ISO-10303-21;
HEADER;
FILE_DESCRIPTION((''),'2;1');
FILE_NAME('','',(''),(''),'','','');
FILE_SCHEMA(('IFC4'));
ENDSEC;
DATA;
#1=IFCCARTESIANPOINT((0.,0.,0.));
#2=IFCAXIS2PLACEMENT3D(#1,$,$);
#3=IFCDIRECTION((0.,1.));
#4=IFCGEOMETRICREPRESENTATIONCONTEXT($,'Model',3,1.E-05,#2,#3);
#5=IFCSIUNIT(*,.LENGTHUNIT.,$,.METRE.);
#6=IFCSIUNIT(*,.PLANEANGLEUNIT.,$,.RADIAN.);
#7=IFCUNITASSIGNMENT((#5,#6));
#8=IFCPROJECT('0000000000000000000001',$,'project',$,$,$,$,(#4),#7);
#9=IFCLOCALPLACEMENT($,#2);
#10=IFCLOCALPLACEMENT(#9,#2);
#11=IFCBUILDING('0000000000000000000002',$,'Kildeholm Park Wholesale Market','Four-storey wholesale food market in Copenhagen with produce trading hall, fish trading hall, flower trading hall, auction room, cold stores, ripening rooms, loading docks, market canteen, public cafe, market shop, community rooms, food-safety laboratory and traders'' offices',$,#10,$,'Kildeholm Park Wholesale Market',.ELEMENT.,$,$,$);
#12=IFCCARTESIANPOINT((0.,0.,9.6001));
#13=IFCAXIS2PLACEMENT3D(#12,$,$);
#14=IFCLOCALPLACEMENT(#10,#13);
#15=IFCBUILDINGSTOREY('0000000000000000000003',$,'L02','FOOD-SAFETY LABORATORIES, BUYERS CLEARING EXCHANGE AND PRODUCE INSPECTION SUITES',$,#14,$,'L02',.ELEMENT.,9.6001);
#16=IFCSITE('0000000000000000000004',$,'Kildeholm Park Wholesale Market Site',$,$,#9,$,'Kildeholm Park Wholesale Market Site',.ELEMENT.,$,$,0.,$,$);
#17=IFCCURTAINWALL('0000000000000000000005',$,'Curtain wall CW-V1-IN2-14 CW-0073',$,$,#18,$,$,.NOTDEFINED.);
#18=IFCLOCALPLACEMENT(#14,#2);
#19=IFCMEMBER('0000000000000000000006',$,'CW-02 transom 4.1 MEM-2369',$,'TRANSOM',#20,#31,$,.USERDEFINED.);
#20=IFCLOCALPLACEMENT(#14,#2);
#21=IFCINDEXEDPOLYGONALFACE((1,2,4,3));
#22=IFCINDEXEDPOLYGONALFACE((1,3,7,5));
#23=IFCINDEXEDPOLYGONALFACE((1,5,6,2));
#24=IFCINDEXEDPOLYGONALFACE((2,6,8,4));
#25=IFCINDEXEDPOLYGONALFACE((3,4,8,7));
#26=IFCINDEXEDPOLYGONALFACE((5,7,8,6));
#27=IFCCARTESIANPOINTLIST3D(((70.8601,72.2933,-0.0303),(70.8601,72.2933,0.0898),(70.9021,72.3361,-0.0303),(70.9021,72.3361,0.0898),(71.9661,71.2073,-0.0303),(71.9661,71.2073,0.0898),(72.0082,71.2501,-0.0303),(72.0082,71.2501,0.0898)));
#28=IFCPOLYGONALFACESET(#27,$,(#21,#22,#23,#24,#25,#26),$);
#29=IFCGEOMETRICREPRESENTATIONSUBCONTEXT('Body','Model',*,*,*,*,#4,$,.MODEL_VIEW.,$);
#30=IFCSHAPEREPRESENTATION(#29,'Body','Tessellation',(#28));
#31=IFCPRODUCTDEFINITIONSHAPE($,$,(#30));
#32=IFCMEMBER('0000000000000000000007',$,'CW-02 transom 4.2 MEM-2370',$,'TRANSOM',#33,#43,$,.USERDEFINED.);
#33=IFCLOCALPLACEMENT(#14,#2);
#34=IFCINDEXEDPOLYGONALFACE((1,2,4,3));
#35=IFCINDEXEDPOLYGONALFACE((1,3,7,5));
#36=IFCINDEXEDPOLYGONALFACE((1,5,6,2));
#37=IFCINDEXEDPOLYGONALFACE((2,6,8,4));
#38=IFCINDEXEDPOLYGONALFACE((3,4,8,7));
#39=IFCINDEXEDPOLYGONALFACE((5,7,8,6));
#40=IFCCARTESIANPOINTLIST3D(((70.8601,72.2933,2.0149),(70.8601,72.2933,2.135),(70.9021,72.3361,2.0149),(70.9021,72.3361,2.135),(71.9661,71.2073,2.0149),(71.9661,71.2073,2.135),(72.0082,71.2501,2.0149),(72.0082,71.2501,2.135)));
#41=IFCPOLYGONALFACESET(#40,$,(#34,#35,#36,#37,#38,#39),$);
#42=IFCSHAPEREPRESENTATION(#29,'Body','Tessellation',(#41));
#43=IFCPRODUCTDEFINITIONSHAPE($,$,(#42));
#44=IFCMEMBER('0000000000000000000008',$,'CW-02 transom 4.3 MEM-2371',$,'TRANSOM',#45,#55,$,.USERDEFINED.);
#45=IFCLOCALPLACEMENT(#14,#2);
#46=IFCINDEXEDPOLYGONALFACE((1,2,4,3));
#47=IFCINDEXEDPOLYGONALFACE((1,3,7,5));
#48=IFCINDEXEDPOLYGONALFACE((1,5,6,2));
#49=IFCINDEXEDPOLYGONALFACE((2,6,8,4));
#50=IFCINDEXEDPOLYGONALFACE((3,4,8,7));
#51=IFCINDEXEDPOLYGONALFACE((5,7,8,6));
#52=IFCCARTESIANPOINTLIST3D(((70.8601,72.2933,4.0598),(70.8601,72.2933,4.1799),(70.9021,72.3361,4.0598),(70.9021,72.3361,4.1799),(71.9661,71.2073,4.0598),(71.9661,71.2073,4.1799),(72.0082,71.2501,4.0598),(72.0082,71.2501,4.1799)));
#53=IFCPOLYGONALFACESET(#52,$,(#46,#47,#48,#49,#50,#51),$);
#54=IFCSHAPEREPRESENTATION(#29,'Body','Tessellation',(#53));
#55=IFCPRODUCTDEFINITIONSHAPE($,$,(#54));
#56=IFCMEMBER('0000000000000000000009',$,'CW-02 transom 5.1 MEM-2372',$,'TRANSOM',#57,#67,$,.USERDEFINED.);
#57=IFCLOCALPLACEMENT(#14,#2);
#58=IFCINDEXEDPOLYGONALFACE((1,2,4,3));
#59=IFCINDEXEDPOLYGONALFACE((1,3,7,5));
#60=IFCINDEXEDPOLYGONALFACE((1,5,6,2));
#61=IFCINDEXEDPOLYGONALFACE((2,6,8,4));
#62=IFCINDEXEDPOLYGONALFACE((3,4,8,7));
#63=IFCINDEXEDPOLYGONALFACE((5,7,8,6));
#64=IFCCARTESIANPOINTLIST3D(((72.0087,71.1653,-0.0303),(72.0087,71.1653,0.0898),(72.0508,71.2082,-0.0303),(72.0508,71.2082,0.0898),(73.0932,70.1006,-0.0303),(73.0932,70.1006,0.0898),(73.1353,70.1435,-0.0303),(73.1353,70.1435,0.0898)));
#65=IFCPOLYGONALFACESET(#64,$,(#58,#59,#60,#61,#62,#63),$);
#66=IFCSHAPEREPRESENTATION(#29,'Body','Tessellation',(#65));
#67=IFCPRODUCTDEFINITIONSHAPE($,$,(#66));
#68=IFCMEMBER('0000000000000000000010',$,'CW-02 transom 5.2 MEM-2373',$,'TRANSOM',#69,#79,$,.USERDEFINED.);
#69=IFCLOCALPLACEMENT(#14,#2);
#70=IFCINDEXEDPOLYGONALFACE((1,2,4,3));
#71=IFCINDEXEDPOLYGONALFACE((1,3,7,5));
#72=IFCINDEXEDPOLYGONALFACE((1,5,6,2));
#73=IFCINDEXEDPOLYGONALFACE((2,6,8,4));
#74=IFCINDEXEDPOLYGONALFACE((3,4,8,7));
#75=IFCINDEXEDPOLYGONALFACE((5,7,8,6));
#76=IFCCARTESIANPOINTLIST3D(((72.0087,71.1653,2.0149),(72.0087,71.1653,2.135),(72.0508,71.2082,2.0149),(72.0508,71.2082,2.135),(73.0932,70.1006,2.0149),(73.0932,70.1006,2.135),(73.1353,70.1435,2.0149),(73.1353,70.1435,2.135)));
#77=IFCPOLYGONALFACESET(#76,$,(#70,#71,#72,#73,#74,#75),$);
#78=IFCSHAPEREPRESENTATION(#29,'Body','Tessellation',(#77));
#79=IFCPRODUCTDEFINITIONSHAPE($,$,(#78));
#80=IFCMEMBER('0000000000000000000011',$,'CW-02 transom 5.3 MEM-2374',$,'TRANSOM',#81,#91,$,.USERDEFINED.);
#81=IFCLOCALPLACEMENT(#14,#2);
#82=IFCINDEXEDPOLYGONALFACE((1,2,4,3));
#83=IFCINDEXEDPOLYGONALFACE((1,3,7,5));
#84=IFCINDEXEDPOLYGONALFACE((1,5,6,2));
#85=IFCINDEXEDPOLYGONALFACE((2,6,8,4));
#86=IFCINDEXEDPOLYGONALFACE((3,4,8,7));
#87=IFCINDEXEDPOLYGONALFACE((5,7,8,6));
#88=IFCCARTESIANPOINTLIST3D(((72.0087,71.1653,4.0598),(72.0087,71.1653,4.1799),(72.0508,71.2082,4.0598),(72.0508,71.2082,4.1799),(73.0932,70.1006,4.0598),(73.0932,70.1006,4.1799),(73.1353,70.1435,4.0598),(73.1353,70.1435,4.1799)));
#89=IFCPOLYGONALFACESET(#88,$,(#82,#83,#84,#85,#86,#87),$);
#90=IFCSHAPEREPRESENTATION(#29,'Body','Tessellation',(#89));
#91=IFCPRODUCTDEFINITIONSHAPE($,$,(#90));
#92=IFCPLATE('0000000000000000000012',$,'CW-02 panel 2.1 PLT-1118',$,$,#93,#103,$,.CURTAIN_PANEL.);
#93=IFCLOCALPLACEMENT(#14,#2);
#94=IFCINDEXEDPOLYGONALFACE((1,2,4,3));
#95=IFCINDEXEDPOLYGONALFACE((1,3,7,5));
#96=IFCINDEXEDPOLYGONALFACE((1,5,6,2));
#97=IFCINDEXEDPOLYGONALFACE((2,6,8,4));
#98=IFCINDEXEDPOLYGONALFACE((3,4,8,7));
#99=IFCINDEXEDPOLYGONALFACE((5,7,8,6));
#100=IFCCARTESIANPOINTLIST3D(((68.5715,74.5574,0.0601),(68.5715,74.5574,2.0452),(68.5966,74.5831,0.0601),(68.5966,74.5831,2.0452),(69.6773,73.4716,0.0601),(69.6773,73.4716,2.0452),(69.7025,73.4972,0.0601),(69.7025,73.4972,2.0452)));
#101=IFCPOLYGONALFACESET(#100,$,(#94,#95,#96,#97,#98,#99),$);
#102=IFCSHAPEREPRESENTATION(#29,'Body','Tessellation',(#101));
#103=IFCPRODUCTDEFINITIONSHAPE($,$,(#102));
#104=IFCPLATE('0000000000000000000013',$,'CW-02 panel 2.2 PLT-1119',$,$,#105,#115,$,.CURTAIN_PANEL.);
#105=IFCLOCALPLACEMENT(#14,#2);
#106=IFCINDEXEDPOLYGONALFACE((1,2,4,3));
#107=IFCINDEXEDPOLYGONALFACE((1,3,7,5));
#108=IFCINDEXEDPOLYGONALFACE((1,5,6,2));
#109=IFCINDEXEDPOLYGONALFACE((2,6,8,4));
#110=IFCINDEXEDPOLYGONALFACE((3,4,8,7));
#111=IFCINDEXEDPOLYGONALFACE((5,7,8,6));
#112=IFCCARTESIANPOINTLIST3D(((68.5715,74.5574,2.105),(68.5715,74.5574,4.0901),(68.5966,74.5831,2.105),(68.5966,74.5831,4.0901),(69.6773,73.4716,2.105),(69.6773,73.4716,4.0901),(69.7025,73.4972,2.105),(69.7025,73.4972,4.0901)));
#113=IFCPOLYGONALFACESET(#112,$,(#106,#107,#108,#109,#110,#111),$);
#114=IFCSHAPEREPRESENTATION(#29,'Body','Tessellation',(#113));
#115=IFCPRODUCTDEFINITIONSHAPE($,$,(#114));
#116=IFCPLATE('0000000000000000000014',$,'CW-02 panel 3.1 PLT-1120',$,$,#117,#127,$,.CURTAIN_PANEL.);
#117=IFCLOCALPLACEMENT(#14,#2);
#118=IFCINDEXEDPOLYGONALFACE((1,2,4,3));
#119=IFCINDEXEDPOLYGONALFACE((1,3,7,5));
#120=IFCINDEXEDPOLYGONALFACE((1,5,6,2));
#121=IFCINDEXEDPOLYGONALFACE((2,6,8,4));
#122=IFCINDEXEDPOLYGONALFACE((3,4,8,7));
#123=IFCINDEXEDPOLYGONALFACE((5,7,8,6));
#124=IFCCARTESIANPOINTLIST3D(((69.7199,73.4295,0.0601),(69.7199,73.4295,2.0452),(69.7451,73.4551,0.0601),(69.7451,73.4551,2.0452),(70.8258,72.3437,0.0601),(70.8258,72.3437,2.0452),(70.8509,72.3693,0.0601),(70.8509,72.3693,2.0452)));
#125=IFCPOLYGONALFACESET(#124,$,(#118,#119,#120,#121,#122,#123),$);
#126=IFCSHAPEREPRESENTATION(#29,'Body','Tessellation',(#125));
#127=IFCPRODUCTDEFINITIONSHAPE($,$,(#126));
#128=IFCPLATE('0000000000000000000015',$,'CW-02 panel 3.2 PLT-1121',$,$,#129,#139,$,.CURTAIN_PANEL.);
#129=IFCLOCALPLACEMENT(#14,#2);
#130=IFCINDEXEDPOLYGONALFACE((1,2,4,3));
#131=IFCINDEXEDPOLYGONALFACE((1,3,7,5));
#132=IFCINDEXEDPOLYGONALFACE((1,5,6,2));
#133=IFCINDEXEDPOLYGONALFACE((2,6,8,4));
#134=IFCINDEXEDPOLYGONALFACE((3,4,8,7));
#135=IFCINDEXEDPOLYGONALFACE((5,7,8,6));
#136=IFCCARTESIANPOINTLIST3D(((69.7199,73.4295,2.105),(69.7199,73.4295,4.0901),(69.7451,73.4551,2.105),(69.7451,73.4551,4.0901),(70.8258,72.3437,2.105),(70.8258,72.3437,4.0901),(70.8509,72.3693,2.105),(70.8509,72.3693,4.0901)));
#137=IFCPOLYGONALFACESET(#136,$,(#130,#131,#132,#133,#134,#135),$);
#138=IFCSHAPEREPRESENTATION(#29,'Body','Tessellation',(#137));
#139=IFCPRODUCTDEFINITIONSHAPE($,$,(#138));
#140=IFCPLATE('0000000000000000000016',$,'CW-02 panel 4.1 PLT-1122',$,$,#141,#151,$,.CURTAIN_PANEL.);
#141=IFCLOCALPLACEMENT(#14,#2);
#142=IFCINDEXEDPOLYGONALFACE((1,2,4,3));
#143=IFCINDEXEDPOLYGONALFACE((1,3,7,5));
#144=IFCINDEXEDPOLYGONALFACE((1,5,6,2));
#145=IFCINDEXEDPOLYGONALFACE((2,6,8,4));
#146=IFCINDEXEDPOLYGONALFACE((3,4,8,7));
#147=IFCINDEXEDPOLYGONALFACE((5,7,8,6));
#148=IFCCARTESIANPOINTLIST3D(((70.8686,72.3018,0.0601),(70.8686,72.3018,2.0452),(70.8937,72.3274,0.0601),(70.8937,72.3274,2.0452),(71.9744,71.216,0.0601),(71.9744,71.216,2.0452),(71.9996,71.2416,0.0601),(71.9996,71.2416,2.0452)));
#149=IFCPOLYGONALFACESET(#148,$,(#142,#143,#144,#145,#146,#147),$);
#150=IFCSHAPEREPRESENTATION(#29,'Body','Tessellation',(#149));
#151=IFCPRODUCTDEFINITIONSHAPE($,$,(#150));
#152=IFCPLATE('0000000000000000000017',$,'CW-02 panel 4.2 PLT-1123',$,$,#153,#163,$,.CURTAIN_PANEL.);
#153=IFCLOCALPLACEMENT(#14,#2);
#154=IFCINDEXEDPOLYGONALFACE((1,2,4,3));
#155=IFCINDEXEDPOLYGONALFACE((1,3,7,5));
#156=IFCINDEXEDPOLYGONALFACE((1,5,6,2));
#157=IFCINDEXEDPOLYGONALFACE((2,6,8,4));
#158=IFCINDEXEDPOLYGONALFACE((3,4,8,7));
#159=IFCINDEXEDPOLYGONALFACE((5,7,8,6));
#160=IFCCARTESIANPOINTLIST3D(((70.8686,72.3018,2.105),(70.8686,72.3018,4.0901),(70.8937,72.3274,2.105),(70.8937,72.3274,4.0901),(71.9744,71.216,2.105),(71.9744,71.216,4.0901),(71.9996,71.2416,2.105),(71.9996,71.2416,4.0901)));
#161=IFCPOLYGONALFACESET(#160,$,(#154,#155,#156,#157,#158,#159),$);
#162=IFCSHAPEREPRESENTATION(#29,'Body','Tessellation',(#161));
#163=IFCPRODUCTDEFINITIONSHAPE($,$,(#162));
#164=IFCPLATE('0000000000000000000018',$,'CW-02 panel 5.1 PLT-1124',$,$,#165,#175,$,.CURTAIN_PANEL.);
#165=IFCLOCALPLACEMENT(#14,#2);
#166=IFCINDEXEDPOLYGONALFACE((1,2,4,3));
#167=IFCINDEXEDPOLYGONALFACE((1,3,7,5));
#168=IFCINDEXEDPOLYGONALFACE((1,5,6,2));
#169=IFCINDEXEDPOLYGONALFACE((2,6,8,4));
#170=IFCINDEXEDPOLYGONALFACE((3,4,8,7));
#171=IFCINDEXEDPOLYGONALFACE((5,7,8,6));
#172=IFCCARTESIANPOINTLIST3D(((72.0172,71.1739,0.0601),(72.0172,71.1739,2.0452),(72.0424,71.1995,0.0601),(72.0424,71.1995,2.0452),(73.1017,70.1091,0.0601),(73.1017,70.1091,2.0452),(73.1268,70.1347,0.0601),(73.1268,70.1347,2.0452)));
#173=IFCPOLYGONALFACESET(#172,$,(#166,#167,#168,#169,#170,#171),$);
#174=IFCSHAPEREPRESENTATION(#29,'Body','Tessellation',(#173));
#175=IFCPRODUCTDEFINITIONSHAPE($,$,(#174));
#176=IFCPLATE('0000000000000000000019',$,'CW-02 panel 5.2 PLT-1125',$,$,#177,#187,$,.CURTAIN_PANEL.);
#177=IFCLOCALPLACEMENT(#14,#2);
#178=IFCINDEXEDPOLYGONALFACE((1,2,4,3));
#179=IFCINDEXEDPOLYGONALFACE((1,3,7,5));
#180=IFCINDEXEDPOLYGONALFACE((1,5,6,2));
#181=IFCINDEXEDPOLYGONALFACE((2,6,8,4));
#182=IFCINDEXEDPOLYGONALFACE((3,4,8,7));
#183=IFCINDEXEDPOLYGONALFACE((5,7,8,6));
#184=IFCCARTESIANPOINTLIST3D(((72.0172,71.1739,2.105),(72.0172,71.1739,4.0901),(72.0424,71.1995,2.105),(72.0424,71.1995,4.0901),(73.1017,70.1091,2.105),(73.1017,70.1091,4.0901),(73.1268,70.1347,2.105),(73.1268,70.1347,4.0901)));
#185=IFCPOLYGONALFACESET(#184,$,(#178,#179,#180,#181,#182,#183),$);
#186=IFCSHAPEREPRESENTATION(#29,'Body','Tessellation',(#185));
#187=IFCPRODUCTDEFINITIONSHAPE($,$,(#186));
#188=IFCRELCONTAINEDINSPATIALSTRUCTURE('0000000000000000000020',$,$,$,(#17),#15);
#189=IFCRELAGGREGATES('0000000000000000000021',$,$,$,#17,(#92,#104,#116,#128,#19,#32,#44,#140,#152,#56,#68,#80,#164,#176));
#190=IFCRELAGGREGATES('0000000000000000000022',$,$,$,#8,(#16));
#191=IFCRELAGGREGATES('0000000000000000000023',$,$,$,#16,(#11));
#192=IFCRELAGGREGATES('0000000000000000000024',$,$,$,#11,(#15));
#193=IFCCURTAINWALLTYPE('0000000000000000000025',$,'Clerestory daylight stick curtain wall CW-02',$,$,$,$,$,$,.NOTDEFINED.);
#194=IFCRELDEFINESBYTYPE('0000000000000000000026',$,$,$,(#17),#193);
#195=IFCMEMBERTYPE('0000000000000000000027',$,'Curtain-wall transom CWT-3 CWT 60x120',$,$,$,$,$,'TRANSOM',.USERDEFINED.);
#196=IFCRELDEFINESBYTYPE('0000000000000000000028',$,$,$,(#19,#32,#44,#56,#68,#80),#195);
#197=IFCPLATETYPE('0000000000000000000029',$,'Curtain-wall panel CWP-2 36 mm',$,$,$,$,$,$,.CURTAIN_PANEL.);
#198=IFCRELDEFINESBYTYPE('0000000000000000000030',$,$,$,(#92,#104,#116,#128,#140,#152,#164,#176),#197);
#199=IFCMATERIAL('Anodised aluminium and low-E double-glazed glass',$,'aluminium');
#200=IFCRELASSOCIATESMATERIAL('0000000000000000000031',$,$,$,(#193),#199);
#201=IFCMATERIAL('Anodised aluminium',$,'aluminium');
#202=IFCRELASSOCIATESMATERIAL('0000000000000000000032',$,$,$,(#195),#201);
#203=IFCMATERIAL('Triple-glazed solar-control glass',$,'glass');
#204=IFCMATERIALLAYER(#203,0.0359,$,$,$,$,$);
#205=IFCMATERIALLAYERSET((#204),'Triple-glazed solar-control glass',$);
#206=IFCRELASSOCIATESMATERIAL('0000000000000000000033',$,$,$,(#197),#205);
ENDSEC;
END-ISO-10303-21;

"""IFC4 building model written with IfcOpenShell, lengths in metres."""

from ifc_helpers import new_model, si_unit, direction, frame, origin, origin_2d, place, context, subcontext, project, spatial, rectangle, extrude, material, layer, layer_set, material_profile, profile_set, type_object, element, aggregate, save


model = new_model("IFC4")

# Units and contexts
model_context = context("Model", 3, precision=1e-05, world=origin(), true_north=direction((0.0, 1.0)))
body_context = subcontext(model_context, "Body", "Model", "MODEL_VIEW")
ifc_project = project(units=[si_unit("LENGTHUNIT", "METRE"), si_unit("PLANEANGLEUNIT", "RADIAN")], contexts=[model_context])

# Site, building, storey
site_placement = place(None, origin())
site = spatial("IfcSite", under=ifc_project, at=site_placement, Name="Kildeholm Park Wholesale Market Site", LongName="Kildeholm Park Wholesale Market Site", CompositionType="ELEMENT", RefElevation=0.0)
building_placement = place(site_placement, origin())
building = spatial("IfcBuilding", under=site, at=building_placement, Name="Kildeholm Park Wholesale Market", Description="Four-storey wholesale food market in Copenhagen with produce trading hall, fish trading hall, flower trading hall, auction room, cold stores, ripening rooms, loading docks, market canteen, public cafe, market shop, community rooms, food-safety laboratory and traders' offices", LongName="Kildeholm Park Wholesale Market", CompositionType="ELEMENT")
storey_placement = place(building_placement, frame((0.0, 0.0, 9.6001)))
storey = spatial("IfcBuildingStorey", under=building, at=storey_placement, Name="L02", Description="FOOD-SAFETY LABORATORIES, BUYERS CLEARING EXCHANGE AND PRODUCE INSPECTION SUITES", LongName="L02", CompositionType="ELEMENT", Elevation=9.6001)

# Curtain wall, members, plates
ifc_material_1 = material(Name="Anodised aluminium and low-E double-glazed glass", Category="aluminium")
curtain_wall_type = type_object("IfcCurtainWallType", Name="Clerestory daylight stick curtain wall CW-02", PredefinedType="NOTDEFINED", material=ifc_material_1)
curtain_wall_placement = place(storey_placement, origin())
curtain_wall = element("IfcCurtainWall", 1, at=curtain_wall_placement, inside=storey, type_object=curtain_wall_type, Name="Curtain wall CW-V1-IN2-14 CW-0073", PredefinedType="NOTDEFINED")
ifc_material_2 = material(Name="Anodised aluminium", Category="aluminium")
ifc_material_profile_1 = material_profile(ifc_material_2, rectangle(XDim=0.0601, YDim=0.1201, at=origin_2d()), Name="CWT 60x120")
ifc_profile_set_1 = profile_set([ifc_material_profile_1], Name="Anodised aluminium")
member_type_1 = type_object("IfcMemberType", Name="Curtain-wall transom CWT-3 CWT 60x120", ElementType="TRANSOM", PredefinedType="USERDEFINED", material=ifc_profile_set_1)
member_1_placement = place(storey_placement, frame((70.8811, 72.3147, 0.0298), z_axis=(0.713535, -0.700619, 0.0), x_axis=(0.700619, 0.713535, 0.0)))
member_1 = element("IfcMember", 2, at=member_1_placement, type_object=member_type_1, Name="CW-02 transom 4.1 MEM-2369", ObjectType="TRANSOM", PredefinedType="USERDEFINED", context=body_context, shape_type="SweptSolid", body=[
    extrude(rectangle(XDim=0.0601, YDim=0.1201, at=origin_2d()), origin(), (0.0, 0.0, 1.0), 1.55),
])
member_2_placement = place(storey_placement, frame((70.8811, 72.3147, 2.075), z_axis=(0.713535, -0.700619, 0.0), x_axis=(0.700619, 0.713535, 0.0)))
member_2 = element("IfcMember", 3, at=member_2_placement, type_object=member_type_1, Name="CW-02 transom 4.2 MEM-2370", ObjectType="TRANSOM", PredefinedType="USERDEFINED", context=body_context, shape_type="SweptSolid", body=[
    extrude(rectangle(XDim=0.0601, YDim=0.1201, at=origin_2d()), origin(), (0.0, 0.0, 1.0), 1.55),
])
member_3_placement = place(storey_placement, frame((70.8811, 72.3147, 4.1199), z_axis=(0.713535, -0.700619, 0.0), x_axis=(0.700619, 0.713535, 0.0)))
member_3 = element("IfcMember", 4, at=member_3_placement, type_object=member_type_1, Name="CW-02 transom 4.3 MEM-2371", ObjectType="TRANSOM", PredefinedType="USERDEFINED", context=body_context, shape_type="SweptSolid", body=[
    extrude(rectangle(XDim=0.0601, YDim=0.1201, at=origin_2d()), origin(), (0.0, 0.0, 1.0), 1.55),
])
member_4_placement = place(storey_placement, frame((72.0298, 71.1868, 0.0298), z_axis=(0.713583, -0.700571, 0.0), x_axis=(0.700571, 0.713583, 0.0)))
member_4 = element("IfcMember", 5, at=member_4_placement, type_object=member_type_1, Name="CW-02 transom 5.1 MEM-2372", ObjectType="TRANSOM", PredefinedType="USERDEFINED", context=body_context, shape_type="SweptSolid", body=[
    extrude(rectangle(XDim=0.0601, YDim=0.1201, at=origin_2d()), origin(), (0.0, 0.0, 1.0), 1.5198),
])
member_5_placement = place(storey_placement, frame((72.0298, 71.1868, 2.075), z_axis=(0.713583, -0.700571, 0.0), x_axis=(0.700571, 0.713583, 0.0)))
member_5 = element("IfcMember", 6, at=member_5_placement, type_object=member_type_1, Name="CW-02 transom 5.2 MEM-2373", ObjectType="TRANSOM", PredefinedType="USERDEFINED", context=body_context, shape_type="SweptSolid", body=[
    extrude(rectangle(XDim=0.0601, YDim=0.1201, at=origin_2d()), origin(), (0.0, 0.0, 1.0), 1.5198),
])
member_6_placement = place(storey_placement, frame((72.0298, 71.1868, 4.1199), z_axis=(0.713583, -0.700571, 0.0), x_axis=(0.700571, 0.713583, 0.0)))
member_6 = element("IfcMember", 7, at=member_6_placement, type_object=member_type_1, Name="CW-02 transom 5.3 MEM-2374", ObjectType="TRANSOM", PredefinedType="USERDEFINED", context=body_context, shape_type="SweptSolid", body=[
    extrude(rectangle(XDim=0.0601, YDim=0.1201, at=origin_2d()), origin(), (0.0, 0.0, 1.0), 1.5198),
])
ifc_material_3 = material(Name="Triple-glazed solar-control glass", Category="glass")
ifc_layer_1 = layer(ifc_material_3, 0.0359)
ifc_layer_set_1 = layer_set([ifc_layer_1], Name="Triple-glazed solar-control glass")
plate_type_1 = type_object("IfcPlateType", Name="Curtain-wall panel CWP-2 36 mm", PredefinedType="CURTAIN_PANEL", material=ifc_layer_set_1)
plate_1_placement = place(storey_placement, frame((69.137, 74.0273, 0.0601), z_axis=(0.0, 0.0, 1.0), x_axis=(0.713538, -0.700617, 0.0)))
plate_1 = element("IfcPlate", 8, at=plate_1_placement, type_object=plate_type_1, Name="CW-02 panel 2.1 PLT-1118", PredefinedType="CURTAIN_PANEL", context=body_context, shape_type="SweptSolid", body=[
    extrude(rectangle(XDim=1.5498, YDim=0.0359, at=origin_2d()), origin(), (0.0, 0.0, 1.0), 1.9851),
])
plate_2_placement = place(storey_placement, frame((69.137, 74.0273, 2.105), z_axis=(0.0, 0.0, 1.0), x_axis=(0.713538, -0.700617, 0.0)))
plate_2 = element("IfcPlate", 9, at=plate_2_placement, type_object=plate_type_1, Name="CW-02 panel 2.2 PLT-1119", PredefinedType="CURTAIN_PANEL", context=body_context, shape_type="SweptSolid", body=[
    extrude(rectangle(XDim=1.5498, YDim=0.0359, at=origin_2d()), origin(), (0.0, 0.0, 1.0), 1.9851),
])
plate_3_placement = place(storey_placement, frame((70.2854, 72.8994, 0.0601), z_axis=(0.0, 0.0, 1.0), x_axis=(0.713538, -0.700617, 0.0)))
plate_3 = element("IfcPlate", 10, at=plate_3_placement, type_object=plate_type_1, Name="CW-02 panel 3.1 PLT-1120", PredefinedType="CURTAIN_PANEL", context=body_context, shape_type="SweptSolid", body=[
    extrude(rectangle(XDim=1.5498, YDim=0.0359, at=origin_2d()), origin(), (0.0, 0.0, 1.0), 1.9851),
])
plate_4_placement = place(storey_placement, frame((70.2854, 72.8994, 2.105), z_axis=(0.0, 0.0, 1.0), x_axis=(0.713538, -0.700617, 0.0)))
plate_4 = element("IfcPlate", 11, at=plate_4_placement, type_object=plate_type_1, Name="CW-02 panel 3.2 PLT-1121", PredefinedType="CURTAIN_PANEL", context=body_context, shape_type="SweptSolid", body=[
    extrude(rectangle(XDim=1.5498, YDim=0.0359, at=origin_2d()), origin(), (0.0, 0.0, 1.0), 1.9851),
])
plate_5_placement = place(storey_placement, frame((71.4341, 71.7717, 0.0601), z_axis=(0.0, 0.0, 1.0), x_axis=(0.713538, -0.700617, 0.0)))
plate_5 = element("IfcPlate", 12, at=plate_5_placement, type_object=plate_type_1, Name="CW-02 panel 4.1 PLT-1122", PredefinedType="CURTAIN_PANEL", context=body_context, shape_type="SweptSolid", body=[
    extrude(rectangle(XDim=1.5498, YDim=0.0359, at=origin_2d()), origin(), (0.0, 0.0, 1.0), 1.9851),
])
plate_6_placement = place(storey_placement, frame((71.4341, 71.7717, 2.105), z_axis=(0.0, 0.0, 1.0), x_axis=(0.713538, -0.700617, 0.0)))
plate_6 = element("IfcPlate", 13, at=plate_6_placement, type_object=plate_type_1, Name="CW-02 panel 4.2 PLT-1123", PredefinedType="CURTAIN_PANEL", context=body_context, shape_type="SweptSolid", body=[
    extrude(rectangle(XDim=1.5498, YDim=0.0359, at=origin_2d()), origin(), (0.0, 0.0, 1.0), 1.9851),
])
plate_7_placement = place(storey_placement, frame((72.572, 70.6543, 0.0601), z_axis=(0.0, 0.0, 1.0), x_axis=(0.713538, -0.700617, 0.0)))
plate_7 = element("IfcPlate", 14, at=plate_7_placement, type_object=plate_type_1, Name="CW-02 panel 5.1 PLT-1124", PredefinedType="CURTAIN_PANEL", context=body_context, shape_type="SweptSolid", body=[
    extrude(rectangle(XDim=1.5198, YDim=0.0359, at=origin_2d()), origin(), (0.0, 0.0, 1.0), 1.9851),
])
plate_8_placement = place(storey_placement, frame((72.572, 70.6543, 2.105), z_axis=(0.0, 0.0, 1.0), x_axis=(0.713538, -0.700617, 0.0)))
plate_8 = element("IfcPlate", 15, at=plate_8_placement, type_object=plate_type_1, Name="CW-02 panel 5.2 PLT-1125", PredefinedType="CURTAIN_PANEL", context=body_context, shape_type="SweptSolid", body=[
    extrude(rectangle(XDim=1.5198, YDim=0.0359, at=origin_2d()), origin(), (0.0, 0.0, 1.0), 1.9851),
])
aggregate(curtain_wall, [plate_1, plate_2, plate_3, plate_4, member_1, member_2, member_3, plate_5, plate_6, member_4, member_5, member_6, plate_7, plate_8])

save(model, "model.ifc")
